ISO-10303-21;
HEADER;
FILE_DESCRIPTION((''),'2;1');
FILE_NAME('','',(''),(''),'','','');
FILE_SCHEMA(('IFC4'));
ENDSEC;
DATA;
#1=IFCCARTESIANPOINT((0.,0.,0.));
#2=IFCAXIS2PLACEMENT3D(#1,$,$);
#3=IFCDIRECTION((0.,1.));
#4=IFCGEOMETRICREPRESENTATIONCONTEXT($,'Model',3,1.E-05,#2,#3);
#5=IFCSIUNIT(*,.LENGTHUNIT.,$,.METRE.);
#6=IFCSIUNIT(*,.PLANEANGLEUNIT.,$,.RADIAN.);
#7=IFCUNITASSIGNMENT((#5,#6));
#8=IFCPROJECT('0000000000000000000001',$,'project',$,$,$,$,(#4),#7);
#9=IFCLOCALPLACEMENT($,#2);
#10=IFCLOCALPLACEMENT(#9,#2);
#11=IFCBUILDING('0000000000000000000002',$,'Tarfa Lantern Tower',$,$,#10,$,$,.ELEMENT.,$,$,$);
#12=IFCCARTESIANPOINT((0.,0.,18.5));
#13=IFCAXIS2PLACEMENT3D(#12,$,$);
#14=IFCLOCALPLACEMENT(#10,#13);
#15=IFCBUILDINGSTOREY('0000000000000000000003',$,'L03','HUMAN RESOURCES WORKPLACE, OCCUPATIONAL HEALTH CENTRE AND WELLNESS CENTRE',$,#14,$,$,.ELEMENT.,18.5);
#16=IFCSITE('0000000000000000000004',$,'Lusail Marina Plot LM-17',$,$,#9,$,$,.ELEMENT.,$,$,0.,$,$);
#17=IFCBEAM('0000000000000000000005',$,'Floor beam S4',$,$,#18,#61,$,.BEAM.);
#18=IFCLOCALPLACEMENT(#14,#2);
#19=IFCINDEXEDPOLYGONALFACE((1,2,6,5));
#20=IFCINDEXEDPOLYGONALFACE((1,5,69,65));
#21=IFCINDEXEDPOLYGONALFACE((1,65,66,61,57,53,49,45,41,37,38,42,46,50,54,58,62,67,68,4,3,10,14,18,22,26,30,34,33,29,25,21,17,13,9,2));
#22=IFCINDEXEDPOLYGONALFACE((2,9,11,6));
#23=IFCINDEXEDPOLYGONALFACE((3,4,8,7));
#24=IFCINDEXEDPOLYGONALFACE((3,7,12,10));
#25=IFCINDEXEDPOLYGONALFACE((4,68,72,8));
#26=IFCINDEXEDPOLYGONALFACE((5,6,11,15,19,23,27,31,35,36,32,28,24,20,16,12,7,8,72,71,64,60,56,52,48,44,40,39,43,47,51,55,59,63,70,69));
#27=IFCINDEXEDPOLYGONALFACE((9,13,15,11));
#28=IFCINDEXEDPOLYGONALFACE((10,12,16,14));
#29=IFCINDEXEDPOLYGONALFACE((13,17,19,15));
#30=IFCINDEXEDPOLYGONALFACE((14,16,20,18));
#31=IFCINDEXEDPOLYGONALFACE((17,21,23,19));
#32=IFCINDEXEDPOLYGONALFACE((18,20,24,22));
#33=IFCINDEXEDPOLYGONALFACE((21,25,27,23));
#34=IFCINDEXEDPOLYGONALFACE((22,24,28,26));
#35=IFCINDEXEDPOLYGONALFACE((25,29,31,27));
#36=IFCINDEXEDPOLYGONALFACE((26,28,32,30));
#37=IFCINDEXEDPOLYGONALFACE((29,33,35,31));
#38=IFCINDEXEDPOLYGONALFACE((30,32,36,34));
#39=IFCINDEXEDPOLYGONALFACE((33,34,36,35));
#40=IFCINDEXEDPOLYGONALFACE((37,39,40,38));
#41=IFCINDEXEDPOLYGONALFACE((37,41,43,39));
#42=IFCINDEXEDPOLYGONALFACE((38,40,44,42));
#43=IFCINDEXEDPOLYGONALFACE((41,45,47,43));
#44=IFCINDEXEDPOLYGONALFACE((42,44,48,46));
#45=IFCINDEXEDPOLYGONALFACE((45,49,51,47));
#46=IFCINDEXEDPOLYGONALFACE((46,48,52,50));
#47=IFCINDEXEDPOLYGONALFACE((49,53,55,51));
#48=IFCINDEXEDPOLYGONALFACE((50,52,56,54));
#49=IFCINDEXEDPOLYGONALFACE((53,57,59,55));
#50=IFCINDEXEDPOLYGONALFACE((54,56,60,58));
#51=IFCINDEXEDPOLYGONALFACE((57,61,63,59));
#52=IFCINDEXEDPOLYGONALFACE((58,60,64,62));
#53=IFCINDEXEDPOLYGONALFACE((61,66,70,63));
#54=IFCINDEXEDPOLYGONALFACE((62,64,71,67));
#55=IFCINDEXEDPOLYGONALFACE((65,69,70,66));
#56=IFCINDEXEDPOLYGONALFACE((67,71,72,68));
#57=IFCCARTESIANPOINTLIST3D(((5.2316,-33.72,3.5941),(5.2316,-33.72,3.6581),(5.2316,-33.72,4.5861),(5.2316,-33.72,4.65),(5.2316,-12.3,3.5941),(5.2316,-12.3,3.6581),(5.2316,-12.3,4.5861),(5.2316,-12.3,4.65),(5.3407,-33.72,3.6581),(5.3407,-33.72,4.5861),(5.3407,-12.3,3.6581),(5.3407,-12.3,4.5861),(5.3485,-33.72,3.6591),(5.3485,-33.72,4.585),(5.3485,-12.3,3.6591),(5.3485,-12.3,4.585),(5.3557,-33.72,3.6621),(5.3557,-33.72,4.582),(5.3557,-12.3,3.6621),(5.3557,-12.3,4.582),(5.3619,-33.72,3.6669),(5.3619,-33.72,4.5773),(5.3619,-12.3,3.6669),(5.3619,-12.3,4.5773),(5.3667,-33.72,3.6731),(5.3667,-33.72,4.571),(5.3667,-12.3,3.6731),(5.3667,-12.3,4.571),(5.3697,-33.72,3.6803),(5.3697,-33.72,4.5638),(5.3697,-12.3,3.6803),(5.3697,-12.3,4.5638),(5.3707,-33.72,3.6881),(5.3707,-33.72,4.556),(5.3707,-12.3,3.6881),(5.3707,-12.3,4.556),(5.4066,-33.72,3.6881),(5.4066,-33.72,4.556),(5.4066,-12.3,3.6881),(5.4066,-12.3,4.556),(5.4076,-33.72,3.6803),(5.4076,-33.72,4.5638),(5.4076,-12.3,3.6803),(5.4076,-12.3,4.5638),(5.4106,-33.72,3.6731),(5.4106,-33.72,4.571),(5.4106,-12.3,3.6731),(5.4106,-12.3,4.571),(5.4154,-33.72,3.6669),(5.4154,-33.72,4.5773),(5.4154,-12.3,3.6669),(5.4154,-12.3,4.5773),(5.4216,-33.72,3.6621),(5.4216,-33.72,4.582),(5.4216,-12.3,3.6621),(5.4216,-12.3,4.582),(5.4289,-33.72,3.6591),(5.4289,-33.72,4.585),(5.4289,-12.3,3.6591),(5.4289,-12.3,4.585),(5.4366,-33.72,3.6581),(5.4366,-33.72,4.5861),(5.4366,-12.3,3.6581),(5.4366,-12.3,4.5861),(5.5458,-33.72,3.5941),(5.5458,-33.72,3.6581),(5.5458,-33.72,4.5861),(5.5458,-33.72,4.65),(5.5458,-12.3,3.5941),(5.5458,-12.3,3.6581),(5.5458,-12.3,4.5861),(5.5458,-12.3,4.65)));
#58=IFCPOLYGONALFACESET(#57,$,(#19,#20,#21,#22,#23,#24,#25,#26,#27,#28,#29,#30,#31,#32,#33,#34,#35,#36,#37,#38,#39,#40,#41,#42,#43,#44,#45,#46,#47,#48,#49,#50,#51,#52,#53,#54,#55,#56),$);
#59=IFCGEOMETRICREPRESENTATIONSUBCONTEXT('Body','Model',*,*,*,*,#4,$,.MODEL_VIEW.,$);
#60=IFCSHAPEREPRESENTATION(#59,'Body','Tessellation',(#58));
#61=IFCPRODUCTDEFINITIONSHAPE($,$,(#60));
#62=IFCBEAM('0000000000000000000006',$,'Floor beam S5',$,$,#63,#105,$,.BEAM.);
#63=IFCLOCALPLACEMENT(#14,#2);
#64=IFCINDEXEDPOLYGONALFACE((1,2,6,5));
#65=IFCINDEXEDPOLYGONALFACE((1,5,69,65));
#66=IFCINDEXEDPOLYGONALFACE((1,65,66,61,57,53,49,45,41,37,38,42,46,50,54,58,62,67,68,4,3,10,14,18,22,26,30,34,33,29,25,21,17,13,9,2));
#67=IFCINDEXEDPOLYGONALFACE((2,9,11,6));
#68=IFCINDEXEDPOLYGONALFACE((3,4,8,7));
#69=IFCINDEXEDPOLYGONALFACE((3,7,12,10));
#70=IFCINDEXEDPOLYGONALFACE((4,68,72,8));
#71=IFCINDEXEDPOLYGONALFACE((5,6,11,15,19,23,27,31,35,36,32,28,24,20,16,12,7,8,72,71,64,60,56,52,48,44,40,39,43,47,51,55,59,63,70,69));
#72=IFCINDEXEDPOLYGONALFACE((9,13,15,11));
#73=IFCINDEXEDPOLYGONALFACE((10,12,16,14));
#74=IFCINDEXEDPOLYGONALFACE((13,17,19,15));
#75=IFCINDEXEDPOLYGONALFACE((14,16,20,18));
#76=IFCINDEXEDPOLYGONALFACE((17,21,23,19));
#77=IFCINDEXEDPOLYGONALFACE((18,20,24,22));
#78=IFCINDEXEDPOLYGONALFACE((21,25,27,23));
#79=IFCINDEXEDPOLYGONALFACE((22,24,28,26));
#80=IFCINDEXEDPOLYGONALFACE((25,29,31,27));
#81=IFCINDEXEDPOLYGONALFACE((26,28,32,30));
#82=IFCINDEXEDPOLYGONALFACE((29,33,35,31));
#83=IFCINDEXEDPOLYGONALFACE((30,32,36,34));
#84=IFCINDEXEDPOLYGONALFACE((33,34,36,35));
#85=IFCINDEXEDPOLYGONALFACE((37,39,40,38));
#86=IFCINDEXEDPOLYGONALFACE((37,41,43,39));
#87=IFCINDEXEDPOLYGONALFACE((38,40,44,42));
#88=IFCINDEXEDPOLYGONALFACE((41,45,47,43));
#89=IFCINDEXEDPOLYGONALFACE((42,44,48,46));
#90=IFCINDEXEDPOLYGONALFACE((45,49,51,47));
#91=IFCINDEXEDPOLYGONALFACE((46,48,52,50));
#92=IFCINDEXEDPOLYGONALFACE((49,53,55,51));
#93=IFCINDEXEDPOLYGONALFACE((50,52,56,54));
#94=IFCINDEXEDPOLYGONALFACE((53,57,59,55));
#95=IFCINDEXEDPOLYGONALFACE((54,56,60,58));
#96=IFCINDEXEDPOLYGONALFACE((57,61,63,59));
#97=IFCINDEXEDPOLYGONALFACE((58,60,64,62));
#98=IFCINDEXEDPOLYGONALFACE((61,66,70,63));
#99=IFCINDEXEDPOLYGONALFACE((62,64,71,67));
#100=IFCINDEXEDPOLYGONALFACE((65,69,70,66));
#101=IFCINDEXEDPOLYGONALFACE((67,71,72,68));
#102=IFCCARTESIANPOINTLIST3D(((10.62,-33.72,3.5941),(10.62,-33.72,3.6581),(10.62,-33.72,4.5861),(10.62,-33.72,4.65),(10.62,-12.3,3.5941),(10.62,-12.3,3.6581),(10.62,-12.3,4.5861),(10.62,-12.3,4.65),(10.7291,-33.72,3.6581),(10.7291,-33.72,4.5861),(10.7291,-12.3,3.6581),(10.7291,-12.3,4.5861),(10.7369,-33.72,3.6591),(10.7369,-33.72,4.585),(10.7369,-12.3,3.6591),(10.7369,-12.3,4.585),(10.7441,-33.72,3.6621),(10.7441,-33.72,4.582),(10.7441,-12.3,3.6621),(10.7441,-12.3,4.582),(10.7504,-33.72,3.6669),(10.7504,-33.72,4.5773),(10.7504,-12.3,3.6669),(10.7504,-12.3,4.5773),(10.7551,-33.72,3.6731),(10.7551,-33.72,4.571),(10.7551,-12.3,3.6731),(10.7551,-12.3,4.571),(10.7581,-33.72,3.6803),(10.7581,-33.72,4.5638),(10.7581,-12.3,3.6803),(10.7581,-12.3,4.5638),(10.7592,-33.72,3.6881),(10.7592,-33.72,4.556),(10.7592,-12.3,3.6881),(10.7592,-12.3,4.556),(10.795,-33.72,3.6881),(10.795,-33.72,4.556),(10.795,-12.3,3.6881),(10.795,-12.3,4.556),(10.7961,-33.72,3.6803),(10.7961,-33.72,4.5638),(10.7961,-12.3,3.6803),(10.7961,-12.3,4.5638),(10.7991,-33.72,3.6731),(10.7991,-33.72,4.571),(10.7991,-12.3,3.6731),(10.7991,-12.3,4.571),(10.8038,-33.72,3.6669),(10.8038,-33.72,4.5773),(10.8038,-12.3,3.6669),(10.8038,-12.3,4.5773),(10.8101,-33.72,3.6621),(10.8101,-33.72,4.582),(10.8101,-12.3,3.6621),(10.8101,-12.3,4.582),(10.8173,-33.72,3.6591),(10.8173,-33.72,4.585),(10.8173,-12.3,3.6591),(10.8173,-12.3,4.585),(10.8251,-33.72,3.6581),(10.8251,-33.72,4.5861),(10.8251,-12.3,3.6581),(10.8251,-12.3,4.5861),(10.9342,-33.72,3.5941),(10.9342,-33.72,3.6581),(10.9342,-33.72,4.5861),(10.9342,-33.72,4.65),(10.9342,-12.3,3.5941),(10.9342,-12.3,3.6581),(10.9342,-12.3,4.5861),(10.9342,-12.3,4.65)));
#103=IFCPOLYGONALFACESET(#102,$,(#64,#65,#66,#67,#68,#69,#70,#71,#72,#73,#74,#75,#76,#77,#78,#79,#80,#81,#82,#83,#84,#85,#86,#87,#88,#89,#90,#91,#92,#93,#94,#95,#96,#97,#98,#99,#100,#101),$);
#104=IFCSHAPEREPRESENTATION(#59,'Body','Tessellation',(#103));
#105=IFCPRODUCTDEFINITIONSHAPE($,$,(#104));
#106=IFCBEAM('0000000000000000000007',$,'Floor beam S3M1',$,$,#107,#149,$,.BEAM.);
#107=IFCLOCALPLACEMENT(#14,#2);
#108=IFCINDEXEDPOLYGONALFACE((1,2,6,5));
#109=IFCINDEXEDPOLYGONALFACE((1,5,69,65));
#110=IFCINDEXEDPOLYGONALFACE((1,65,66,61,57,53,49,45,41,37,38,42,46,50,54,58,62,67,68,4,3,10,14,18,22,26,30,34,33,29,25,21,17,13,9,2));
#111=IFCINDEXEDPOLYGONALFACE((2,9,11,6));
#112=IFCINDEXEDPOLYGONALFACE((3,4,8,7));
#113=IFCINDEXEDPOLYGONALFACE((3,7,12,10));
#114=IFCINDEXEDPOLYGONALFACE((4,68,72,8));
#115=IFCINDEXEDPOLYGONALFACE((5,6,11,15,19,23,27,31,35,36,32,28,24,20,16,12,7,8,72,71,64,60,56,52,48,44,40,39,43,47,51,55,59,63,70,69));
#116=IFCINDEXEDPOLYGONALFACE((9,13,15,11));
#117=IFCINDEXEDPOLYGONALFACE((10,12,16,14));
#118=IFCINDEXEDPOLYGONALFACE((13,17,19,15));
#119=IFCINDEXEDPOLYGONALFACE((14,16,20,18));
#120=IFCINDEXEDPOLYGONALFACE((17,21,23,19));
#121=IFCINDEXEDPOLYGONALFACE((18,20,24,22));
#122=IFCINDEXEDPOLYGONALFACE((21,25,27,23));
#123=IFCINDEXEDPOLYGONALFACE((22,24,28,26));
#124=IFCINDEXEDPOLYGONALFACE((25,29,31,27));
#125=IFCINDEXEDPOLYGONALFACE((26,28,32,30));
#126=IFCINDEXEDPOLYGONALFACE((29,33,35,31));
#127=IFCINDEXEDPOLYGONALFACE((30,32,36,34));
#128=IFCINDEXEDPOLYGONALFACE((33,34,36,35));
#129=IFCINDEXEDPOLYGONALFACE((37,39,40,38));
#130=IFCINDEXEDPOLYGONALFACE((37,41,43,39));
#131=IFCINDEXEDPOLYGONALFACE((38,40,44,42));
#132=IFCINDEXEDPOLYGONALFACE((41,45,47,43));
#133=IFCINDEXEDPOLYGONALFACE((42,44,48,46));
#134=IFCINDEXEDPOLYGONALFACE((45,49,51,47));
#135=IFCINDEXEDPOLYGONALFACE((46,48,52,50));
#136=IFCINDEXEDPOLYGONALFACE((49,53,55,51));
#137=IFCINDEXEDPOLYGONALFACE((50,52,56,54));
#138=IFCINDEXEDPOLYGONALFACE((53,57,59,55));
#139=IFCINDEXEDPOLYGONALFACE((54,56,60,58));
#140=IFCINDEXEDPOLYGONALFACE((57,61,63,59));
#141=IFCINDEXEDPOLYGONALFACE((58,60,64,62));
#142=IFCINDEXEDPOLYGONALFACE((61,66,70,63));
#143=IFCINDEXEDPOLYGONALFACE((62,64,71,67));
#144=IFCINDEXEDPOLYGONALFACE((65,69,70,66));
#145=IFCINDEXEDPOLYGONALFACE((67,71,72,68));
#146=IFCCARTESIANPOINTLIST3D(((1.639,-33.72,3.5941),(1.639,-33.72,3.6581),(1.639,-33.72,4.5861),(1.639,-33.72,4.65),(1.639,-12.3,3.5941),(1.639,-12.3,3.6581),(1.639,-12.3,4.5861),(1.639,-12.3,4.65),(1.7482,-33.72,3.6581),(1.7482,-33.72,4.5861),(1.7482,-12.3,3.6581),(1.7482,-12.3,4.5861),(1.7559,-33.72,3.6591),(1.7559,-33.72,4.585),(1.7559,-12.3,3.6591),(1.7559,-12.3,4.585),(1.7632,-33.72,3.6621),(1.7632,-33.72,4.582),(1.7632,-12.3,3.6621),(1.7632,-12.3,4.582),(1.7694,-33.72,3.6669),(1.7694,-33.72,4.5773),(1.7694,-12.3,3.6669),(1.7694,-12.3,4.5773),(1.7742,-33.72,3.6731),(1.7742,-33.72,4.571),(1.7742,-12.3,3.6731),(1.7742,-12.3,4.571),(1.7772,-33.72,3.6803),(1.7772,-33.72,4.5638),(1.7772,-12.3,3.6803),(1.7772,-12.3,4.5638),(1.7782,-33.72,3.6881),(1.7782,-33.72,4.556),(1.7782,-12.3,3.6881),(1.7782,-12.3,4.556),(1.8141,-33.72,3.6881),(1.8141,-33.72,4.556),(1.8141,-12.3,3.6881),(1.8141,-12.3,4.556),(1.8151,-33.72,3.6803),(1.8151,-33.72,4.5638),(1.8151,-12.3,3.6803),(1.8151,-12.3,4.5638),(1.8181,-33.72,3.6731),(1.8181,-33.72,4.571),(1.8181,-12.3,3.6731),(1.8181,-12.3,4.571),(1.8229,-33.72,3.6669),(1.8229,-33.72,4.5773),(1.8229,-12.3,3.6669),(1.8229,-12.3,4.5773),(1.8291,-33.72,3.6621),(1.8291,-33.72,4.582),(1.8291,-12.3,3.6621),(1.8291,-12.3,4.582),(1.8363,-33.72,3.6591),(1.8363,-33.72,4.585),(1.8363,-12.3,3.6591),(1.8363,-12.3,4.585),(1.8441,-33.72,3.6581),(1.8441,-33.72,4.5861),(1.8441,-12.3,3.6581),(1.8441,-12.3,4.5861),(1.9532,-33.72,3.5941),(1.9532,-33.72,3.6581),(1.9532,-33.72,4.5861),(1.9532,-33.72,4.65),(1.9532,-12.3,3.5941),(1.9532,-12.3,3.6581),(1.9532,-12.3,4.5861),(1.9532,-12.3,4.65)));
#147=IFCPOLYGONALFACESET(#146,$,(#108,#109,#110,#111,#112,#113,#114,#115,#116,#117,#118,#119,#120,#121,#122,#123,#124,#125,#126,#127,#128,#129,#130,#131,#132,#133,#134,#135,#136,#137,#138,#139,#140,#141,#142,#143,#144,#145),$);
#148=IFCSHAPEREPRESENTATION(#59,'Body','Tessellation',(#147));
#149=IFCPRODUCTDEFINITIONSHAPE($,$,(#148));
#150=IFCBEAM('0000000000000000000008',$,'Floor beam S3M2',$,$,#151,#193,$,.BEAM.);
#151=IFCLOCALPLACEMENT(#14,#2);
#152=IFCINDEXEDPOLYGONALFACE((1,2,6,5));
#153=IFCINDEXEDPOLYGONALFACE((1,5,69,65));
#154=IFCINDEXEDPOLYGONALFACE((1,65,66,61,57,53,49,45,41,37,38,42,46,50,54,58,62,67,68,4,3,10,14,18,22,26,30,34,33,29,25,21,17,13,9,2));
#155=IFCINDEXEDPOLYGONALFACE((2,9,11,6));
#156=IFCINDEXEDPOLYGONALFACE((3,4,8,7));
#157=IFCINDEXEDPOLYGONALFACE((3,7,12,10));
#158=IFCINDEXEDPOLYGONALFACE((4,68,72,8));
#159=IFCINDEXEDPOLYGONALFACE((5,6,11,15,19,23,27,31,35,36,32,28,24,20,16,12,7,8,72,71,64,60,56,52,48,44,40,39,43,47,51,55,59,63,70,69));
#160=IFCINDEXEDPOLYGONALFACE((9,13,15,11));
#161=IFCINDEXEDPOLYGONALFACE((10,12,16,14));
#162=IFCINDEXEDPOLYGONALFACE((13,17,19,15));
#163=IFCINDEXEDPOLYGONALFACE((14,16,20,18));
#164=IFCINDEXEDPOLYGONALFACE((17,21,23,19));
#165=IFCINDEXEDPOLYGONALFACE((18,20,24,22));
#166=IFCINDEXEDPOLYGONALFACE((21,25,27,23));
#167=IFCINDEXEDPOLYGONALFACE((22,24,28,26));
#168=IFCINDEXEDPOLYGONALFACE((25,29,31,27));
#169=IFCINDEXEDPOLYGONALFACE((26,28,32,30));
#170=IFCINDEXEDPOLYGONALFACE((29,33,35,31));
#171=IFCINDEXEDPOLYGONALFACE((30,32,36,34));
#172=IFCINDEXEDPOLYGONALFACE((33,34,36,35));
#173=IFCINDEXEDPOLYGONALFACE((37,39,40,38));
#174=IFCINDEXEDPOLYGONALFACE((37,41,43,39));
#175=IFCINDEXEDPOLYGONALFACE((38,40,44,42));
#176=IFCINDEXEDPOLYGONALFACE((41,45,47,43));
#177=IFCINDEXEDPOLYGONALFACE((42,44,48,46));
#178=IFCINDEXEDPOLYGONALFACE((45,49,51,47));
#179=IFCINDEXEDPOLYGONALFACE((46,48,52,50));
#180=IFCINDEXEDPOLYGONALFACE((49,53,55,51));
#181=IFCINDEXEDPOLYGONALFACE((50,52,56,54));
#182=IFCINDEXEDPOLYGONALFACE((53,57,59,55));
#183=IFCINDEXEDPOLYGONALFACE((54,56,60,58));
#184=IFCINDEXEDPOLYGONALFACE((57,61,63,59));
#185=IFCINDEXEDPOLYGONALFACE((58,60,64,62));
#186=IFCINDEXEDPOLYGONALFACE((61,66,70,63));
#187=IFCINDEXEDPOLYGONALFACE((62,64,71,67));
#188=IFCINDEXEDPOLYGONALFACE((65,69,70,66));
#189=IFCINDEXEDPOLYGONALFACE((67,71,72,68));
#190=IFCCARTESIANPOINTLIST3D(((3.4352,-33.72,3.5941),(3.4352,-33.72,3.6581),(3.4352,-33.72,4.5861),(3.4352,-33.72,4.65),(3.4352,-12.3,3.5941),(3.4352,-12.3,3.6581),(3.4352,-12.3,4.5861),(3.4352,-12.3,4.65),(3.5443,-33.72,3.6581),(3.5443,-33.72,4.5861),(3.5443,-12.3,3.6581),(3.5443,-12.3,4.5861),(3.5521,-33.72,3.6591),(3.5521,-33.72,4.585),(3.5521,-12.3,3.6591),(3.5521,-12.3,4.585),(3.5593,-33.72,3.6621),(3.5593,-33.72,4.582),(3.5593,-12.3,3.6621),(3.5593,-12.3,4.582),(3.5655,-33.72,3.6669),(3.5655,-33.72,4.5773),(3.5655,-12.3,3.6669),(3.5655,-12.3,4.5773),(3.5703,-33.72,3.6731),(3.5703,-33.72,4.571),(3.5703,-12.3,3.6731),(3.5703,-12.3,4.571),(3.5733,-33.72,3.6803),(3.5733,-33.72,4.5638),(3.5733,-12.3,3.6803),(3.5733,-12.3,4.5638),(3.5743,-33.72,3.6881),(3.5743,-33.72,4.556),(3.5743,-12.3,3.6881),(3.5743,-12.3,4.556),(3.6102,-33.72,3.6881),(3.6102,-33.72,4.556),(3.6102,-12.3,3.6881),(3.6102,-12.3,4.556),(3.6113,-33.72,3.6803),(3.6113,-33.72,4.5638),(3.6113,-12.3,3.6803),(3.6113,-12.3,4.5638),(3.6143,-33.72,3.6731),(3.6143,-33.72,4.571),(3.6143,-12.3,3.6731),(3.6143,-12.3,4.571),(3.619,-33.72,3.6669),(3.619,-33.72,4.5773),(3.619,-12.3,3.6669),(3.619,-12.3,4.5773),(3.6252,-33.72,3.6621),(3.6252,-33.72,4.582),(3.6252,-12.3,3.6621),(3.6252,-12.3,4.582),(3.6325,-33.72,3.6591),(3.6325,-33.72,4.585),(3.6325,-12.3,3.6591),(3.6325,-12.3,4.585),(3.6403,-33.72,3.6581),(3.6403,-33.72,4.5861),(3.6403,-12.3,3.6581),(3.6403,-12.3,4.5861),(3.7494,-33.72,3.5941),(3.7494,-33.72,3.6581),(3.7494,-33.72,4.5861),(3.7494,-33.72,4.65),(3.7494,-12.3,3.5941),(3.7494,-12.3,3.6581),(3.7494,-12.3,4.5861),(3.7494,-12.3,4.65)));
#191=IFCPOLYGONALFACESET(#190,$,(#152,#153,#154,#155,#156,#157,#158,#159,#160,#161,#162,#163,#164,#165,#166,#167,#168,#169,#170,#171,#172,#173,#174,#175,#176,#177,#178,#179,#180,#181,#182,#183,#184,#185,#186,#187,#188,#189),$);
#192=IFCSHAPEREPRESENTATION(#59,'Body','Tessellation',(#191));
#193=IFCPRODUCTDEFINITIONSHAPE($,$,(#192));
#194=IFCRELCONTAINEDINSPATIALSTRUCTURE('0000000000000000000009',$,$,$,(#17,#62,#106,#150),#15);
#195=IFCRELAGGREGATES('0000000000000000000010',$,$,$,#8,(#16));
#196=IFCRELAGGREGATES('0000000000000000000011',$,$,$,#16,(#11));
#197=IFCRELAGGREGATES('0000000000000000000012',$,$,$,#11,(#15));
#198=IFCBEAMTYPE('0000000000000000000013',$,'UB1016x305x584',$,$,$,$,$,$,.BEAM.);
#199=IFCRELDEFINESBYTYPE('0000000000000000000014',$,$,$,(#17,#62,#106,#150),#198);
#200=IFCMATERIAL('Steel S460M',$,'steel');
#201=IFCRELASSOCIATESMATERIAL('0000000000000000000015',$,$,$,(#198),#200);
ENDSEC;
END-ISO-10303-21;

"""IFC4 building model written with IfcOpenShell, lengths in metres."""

from ifc_helpers import new_model, si_unit, direction, frame, origin, origin_2d, place, context, subcontext, project, spatial, i_section, extrude, material, material_profile, profile_set, type_object, element, save


model = new_model("IFC4")

# Units and contexts
model_context = context("Model", 3, precision=1e-05, world=origin(), true_north=direction((0.0, 1.0)))
body_context = subcontext(model_context, "Body", "Model", "MODEL_VIEW")
ifc_project = project(units=[si_unit("LENGTHUNIT", "METRE"), si_unit("PLANEANGLEUNIT", "RADIAN")], contexts=[model_context])

# Site, building, storey
site_placement = place(None, origin())
site = spatial("IfcSite", under=ifc_project, at=site_placement, Name="Lusail Marina Plot LM-17", CompositionType="ELEMENT", RefElevation=0.0)
building_placement = place(site_placement, origin())
building = spatial("IfcBuilding", under=site, at=building_placement, Name="Tarfa Lantern Tower", CompositionType="ELEMENT")
storey_placement = place(building_placement, frame((0.0, 0.0, 18.5)))
storey = spatial("IfcBuildingStorey", under=building, at=storey_placement, Name="L03", Description="HUMAN RESOURCES WORKPLACE, OCCUPATIONAL HEALTH CENTRE AND WELLNESS CENTRE", CompositionType="ELEMENT", Elevation=18.5)

# Beams
ifc_material_1 = material(Name="Steel S460M", Category="steel")
ifc_material_profile_1 = material_profile(ifc_material_1, i_section(OverallWidth=0.3142, OverallDepth=1.0559, WebThickness=0.0359, FlangeThickness=0.064, FilletRadius=0.03, at=origin_2d()), Name="UB1016x305x584")
ifc_profile_set_1 = profile_set([ifc_material_profile_1], Name="Steel S460M")
beam_type_1 = type_object("IfcBeamType", Name="UB1016x305x584", PredefinedType="BEAM", material=ifc_profile_set_1)
for number, where, z_axis, x_axis, name in (
    (1, (5.3887, -33.72, 4.1221), (0.0, 1.0, 0.0), (-1.0, 0.0, 0.0), "Floor beam S4"),
    (2, (10.7771, -33.72, 4.1221), (0.0, 1.0, 0.0), (-1.0, 0.0, 0.0), "Floor beam S5"),
    (3, (1.7961, -33.72, 4.1221), (0.0, 1.0, 0.0), (-1.0, 0.0, 0.0), "Floor beam S3M1"),
    (4, (3.5923, -33.72, 4.1221), (0.0, 1.0, 0.0), (-1.0, 0.0, 0.0), "Floor beam S3M2"),
):
    element("IfcBeam", number, at=place(storey_placement, frame(where, z_axis=z_axis, x_axis=x_axis)), inside=storey, type_object=beam_type_1, Name=name, PredefinedType="BEAM", context=body_context, shape_type="SweptSolid", body=[
        extrude(i_section(OverallWidth=0.3142, OverallDepth=1.0559, WebThickness=0.0359, FlangeThickness=0.064, FilletRadius=0.03, at=origin_2d()), origin(), (0.0, 0.0, 1.0), 21.4199),
    ])

save(model, "model.ifc")
